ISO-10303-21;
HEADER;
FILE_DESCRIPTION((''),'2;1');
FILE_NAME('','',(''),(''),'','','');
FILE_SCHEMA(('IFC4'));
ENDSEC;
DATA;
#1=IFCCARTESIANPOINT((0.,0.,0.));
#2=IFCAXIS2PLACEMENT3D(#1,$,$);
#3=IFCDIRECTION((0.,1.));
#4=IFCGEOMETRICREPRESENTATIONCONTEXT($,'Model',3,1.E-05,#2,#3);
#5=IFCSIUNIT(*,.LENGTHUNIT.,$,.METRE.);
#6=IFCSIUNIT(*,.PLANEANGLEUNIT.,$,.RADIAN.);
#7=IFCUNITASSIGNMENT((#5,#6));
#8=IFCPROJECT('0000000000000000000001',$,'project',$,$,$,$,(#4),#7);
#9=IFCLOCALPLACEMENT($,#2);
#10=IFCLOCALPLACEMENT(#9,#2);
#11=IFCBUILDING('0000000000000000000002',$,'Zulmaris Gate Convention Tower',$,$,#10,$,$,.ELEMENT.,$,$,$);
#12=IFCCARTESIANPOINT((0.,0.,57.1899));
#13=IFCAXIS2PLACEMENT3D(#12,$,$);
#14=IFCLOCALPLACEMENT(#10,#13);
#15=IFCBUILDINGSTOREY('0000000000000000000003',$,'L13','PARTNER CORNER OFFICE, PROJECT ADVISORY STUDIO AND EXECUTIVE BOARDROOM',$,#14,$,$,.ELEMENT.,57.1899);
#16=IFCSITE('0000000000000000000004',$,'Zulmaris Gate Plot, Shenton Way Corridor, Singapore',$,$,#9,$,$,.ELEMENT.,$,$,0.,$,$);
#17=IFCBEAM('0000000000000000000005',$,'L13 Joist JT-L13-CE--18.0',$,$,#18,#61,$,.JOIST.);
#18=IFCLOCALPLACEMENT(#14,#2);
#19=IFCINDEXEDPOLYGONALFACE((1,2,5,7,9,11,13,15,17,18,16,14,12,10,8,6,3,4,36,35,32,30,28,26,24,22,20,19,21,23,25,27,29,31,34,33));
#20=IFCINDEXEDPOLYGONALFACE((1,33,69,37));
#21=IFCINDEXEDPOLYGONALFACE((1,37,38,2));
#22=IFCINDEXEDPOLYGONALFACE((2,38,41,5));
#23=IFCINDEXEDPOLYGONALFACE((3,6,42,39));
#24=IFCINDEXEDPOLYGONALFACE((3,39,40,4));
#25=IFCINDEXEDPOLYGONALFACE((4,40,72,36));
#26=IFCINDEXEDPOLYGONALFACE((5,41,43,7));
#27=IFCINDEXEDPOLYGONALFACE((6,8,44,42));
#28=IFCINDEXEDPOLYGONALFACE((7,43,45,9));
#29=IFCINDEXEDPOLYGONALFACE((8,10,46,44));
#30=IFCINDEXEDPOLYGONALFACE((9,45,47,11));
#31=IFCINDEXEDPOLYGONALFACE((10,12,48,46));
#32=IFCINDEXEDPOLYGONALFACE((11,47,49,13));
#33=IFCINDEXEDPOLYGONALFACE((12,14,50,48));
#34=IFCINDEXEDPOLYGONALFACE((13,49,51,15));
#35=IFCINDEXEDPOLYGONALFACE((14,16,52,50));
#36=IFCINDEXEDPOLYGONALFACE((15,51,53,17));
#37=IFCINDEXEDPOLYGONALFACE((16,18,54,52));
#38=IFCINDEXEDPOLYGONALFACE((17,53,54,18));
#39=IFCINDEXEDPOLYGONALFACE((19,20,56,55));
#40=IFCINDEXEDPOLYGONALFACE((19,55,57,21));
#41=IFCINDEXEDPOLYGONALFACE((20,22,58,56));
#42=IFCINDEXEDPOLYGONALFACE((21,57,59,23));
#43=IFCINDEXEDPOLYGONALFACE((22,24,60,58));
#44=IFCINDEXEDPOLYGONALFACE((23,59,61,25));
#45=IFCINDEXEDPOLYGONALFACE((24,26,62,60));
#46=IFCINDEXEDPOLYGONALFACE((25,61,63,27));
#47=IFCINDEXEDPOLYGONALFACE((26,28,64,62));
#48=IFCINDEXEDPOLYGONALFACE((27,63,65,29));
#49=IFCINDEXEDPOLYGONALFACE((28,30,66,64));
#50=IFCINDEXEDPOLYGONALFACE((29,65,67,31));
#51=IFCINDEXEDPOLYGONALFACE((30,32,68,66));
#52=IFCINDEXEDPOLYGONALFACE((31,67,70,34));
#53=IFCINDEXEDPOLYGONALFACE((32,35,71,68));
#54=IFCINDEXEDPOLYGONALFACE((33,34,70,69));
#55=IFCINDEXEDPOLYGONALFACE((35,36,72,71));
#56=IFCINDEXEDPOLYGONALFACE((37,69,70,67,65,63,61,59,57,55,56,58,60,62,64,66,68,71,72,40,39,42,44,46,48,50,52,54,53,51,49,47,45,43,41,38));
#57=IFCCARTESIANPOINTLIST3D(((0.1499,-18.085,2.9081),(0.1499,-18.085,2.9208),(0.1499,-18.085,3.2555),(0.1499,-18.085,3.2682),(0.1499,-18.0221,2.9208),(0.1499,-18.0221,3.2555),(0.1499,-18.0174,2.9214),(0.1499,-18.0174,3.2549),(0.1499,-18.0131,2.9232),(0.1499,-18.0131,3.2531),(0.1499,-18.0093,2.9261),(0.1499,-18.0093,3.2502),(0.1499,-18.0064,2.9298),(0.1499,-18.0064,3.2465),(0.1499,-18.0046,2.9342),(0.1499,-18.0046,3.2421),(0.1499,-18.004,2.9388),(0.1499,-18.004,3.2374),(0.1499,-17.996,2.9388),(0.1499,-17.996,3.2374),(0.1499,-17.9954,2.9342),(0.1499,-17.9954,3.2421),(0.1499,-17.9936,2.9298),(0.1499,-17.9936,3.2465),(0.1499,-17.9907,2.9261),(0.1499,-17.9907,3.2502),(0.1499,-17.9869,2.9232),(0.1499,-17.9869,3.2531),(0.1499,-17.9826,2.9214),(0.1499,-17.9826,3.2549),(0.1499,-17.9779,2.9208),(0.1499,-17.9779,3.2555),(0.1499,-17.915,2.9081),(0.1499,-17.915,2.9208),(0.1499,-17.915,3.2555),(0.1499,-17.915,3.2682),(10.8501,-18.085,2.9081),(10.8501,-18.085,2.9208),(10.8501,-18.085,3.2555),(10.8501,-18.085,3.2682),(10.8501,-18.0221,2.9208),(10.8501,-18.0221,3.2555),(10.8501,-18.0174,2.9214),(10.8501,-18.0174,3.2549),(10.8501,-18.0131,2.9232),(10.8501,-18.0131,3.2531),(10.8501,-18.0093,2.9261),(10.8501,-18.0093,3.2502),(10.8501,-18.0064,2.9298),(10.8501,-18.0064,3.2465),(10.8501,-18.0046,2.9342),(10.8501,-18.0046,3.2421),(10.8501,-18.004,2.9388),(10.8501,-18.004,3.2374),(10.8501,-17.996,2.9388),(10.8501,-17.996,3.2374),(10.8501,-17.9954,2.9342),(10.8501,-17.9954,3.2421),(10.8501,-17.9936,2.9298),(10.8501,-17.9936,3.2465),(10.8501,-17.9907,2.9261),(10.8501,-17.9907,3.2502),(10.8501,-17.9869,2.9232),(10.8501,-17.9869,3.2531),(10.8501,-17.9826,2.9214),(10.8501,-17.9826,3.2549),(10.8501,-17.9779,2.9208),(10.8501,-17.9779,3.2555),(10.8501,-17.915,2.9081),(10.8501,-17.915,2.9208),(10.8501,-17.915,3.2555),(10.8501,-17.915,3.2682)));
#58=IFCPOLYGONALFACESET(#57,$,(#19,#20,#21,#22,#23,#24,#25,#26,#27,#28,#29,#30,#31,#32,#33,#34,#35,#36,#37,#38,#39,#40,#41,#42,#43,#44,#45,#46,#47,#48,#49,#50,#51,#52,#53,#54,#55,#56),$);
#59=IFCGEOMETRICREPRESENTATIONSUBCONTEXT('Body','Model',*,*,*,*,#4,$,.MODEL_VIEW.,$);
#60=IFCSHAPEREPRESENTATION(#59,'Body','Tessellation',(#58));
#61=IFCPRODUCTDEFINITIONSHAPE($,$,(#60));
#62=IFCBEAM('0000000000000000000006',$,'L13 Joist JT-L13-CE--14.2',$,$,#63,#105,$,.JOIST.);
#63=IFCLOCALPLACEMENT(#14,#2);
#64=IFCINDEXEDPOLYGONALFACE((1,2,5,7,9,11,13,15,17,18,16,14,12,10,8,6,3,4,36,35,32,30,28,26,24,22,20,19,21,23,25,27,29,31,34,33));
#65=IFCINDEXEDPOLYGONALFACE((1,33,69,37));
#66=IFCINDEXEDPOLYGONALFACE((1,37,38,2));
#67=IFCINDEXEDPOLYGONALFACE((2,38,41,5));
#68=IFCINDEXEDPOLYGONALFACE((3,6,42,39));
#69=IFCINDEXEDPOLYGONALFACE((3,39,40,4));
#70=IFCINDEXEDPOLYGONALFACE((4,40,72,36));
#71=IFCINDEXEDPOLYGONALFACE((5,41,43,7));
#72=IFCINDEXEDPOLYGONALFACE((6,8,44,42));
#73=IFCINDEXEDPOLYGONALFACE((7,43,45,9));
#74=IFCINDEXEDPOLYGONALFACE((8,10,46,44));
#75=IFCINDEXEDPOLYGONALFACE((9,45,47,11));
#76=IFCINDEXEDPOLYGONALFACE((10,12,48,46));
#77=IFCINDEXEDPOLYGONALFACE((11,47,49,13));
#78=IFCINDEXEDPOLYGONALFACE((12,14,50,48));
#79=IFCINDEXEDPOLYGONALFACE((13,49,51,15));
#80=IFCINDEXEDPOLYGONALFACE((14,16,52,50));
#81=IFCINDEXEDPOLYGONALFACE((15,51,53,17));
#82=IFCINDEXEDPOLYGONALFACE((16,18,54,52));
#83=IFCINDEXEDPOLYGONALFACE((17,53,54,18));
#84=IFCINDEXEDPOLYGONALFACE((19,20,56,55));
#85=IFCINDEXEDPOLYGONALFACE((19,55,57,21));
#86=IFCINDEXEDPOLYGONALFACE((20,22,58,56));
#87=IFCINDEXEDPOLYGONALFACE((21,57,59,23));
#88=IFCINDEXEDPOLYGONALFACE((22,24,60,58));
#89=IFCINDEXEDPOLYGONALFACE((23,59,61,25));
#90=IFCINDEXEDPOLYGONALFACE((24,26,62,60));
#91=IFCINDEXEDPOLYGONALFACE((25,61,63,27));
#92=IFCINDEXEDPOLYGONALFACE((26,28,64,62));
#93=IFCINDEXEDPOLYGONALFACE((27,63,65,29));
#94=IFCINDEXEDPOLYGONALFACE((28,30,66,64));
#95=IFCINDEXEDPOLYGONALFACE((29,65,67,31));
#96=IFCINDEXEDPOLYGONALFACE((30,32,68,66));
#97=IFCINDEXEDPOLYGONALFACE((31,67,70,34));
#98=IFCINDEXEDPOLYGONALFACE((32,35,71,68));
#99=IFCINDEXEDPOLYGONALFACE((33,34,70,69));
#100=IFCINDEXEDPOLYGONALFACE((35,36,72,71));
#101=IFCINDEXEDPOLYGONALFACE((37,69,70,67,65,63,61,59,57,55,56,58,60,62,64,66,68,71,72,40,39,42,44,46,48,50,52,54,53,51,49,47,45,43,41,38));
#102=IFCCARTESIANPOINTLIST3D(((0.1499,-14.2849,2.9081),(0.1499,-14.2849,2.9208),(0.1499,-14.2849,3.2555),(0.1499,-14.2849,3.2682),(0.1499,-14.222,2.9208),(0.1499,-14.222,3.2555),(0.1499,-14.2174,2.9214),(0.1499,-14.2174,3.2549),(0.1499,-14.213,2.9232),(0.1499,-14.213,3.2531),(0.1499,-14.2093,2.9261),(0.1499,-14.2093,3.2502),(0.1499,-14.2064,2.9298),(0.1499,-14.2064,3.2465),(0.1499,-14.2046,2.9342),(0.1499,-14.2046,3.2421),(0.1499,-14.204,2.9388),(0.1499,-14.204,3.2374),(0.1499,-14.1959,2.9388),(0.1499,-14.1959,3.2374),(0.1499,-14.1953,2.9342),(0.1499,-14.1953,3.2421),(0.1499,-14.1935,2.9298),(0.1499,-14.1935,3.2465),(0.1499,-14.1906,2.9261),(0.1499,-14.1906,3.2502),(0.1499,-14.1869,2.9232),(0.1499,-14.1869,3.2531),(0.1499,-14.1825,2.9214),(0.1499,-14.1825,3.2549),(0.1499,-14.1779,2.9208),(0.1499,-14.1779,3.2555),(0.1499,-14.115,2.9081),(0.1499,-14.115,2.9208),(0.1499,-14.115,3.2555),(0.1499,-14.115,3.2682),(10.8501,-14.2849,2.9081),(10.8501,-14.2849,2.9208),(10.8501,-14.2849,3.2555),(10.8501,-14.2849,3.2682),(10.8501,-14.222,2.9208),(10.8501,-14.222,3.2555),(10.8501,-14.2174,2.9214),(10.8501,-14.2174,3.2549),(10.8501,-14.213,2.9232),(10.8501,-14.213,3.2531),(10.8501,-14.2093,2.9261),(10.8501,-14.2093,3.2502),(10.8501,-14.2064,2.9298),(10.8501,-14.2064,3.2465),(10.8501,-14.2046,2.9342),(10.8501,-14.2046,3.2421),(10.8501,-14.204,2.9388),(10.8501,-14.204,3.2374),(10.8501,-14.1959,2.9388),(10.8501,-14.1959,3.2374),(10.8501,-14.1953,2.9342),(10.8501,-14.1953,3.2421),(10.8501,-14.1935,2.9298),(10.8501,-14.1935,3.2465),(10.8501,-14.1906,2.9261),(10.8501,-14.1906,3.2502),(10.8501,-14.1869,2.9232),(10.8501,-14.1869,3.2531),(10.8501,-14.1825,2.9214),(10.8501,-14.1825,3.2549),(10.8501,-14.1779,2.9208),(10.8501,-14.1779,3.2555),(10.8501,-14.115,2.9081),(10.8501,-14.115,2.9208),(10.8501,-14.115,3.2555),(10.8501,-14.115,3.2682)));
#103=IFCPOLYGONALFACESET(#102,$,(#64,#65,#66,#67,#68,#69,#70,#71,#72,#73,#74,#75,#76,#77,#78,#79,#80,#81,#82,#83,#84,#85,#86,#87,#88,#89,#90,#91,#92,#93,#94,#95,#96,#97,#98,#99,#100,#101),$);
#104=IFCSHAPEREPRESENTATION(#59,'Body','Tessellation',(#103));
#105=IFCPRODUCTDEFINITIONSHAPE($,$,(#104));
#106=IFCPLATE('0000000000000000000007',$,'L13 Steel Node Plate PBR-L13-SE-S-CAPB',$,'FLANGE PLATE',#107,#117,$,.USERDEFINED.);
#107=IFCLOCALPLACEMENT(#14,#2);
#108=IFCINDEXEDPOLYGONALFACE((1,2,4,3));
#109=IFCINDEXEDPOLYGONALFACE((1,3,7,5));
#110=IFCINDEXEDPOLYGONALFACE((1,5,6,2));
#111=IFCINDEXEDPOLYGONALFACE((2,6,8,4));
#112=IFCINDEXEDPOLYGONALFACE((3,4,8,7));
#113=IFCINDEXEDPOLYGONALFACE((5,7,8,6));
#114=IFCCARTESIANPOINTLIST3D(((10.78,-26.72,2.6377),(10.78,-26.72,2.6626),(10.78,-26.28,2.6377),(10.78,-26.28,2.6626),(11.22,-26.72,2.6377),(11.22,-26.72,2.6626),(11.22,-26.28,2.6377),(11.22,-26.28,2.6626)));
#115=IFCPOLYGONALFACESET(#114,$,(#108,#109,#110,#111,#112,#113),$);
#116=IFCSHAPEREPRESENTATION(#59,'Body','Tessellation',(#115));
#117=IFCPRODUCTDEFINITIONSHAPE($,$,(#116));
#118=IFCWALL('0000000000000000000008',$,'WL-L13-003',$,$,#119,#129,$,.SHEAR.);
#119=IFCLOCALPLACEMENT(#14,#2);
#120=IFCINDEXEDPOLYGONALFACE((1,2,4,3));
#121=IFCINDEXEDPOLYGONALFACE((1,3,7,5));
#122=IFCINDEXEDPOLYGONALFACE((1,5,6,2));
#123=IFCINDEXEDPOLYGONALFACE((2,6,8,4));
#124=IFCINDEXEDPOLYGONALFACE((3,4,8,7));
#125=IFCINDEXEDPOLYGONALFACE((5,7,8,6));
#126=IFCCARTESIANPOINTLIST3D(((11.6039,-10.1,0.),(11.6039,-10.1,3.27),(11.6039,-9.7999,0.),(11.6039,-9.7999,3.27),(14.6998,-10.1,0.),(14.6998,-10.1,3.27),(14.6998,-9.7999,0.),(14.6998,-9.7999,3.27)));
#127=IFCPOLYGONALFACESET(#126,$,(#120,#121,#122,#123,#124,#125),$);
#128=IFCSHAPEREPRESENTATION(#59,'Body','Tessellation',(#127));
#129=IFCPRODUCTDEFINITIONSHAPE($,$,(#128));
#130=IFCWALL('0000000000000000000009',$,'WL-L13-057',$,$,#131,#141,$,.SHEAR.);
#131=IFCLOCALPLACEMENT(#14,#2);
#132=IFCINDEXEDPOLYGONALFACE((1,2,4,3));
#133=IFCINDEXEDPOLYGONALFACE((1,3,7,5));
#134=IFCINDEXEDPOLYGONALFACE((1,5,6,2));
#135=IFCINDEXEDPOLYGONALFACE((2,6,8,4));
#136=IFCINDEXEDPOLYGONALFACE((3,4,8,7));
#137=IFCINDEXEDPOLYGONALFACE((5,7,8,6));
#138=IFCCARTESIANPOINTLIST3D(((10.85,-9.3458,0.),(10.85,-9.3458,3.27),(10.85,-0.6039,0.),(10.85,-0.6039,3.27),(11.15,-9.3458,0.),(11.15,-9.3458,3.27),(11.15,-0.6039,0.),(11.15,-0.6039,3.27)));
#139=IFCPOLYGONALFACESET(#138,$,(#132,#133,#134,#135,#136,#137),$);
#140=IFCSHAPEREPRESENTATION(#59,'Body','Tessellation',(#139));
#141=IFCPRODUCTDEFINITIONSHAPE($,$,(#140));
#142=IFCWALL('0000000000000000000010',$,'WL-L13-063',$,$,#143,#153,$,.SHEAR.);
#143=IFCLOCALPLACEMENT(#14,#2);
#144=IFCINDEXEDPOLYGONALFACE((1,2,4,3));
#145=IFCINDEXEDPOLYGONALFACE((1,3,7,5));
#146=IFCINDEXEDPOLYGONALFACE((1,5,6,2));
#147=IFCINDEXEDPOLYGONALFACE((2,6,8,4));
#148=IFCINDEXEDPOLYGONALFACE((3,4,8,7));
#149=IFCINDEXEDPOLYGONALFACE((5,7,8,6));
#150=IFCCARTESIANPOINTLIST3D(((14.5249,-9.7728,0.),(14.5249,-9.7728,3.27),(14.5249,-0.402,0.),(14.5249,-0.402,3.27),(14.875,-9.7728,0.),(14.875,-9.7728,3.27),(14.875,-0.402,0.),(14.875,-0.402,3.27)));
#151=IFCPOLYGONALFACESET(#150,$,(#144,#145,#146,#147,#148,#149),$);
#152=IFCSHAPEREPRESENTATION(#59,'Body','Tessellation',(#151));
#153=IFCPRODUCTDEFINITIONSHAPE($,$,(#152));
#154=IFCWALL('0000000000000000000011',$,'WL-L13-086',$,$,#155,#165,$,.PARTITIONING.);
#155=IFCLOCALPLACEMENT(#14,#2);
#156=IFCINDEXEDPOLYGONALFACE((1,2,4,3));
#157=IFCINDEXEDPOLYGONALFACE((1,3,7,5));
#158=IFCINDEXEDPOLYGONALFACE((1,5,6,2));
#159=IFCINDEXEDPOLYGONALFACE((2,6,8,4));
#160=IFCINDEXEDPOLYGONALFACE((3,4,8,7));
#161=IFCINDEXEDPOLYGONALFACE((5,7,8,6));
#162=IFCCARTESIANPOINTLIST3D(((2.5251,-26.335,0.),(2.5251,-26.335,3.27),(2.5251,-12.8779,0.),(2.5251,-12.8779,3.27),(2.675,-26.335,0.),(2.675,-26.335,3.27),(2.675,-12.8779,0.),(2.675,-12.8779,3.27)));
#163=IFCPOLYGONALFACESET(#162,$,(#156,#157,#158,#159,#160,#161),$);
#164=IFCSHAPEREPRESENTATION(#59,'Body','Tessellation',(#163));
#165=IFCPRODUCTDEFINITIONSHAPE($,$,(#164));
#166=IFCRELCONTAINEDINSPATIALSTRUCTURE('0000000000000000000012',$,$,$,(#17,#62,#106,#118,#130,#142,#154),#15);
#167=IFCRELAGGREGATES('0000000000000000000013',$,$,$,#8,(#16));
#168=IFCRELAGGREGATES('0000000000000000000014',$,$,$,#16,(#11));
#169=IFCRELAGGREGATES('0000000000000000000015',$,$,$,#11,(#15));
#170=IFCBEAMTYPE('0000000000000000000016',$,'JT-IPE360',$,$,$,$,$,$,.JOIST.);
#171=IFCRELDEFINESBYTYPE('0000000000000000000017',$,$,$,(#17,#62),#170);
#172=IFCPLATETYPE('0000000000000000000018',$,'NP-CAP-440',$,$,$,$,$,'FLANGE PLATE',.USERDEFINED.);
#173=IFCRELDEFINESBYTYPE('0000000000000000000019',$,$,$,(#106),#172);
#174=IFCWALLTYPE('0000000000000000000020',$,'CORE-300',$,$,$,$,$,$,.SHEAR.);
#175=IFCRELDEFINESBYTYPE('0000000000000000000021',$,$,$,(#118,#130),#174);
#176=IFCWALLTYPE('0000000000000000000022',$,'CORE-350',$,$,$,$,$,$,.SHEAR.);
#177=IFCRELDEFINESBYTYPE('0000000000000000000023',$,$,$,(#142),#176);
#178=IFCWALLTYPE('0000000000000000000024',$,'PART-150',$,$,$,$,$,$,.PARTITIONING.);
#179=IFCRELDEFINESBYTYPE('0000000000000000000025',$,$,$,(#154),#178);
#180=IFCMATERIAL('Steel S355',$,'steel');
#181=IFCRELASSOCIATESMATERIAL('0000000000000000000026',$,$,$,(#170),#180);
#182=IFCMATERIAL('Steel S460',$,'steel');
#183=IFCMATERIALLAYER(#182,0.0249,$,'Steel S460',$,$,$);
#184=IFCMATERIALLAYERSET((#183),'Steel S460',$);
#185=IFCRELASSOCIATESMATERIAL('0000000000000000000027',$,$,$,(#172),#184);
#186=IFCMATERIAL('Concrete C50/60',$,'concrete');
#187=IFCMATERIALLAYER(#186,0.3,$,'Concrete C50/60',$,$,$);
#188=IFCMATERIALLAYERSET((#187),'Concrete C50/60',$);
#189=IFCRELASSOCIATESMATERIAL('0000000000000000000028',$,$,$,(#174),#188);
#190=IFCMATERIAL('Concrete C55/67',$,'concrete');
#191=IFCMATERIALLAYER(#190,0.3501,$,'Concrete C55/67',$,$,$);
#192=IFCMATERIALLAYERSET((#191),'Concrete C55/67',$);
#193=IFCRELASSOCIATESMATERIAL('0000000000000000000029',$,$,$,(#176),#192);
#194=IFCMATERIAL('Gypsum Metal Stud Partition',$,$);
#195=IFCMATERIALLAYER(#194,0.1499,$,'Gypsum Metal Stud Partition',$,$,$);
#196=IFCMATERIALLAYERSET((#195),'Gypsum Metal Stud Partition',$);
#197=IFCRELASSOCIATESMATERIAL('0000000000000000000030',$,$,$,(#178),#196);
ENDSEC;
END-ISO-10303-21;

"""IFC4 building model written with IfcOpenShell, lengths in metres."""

from ifc_helpers import new_model, si_unit, direction, frame, frame_2d, origin, origin_2d, place, context, subcontext, project, spatial, rectangle, i_section, extrude, material, layer, layer_set, material_profile, profile_set, type_object, element, save


model = new_model("IFC4")

# Units and contexts
model_context = context("Model", 3, precision=1e-05, world=origin(), true_north=direction((0.0, 1.0)))
body_context = subcontext(model_context, "Body", "Model", "MODEL_VIEW")
ifc_project = project(units=[si_unit("LENGTHUNIT", "METRE"), si_unit("PLANEANGLEUNIT", "RADIAN")], contexts=[model_context])

# Site, building, storey
site_placement = place(None, origin())
site = spatial("IfcSite", under=ifc_project, at=site_placement, Name="Zulmaris Gate Plot, Shenton Way Corridor, Singapore", CompositionType="ELEMENT", RefElevation=0.0)
building_placement = place(site_placement, origin())
building = spatial("IfcBuilding", under=site, at=building_placement, Name="Zulmaris Gate Convention Tower", CompositionType="ELEMENT")
storey_placement = place(building_placement, frame((0.0, 0.0, 57.1899)))
storey = spatial("IfcBuildingStorey", under=building, at=storey_placement, Name="L13", Description="PARTNER CORNER OFFICE, PROJECT ADVISORY STUDIO AND EXECUTIVE BOARDROOM", CompositionType="ELEMENT", Elevation=57.1899)

# Beams
ifc_material_1 = material(Name="Steel S355", Category="steel")
ifc_material_profile_1 = material_profile(ifc_material_1, i_section(OverallWidth=0.1699, OverallDepth=0.3601, WebThickness=0.0081, FlangeThickness=0.0127, FilletRadius=0.0181, at=origin_2d()), Name="IPE 360")
ifc_profile_set_1 = profile_set([ifc_material_profile_1], Name="Steel S355")
beam_type_1 = type_object("IfcBeamType", Name="JT-IPE360", PredefinedType="JOIST", material=ifc_profile_set_1)
for number, where, z_axis, x_axis, name in (
    (1, (0.1499, -18.0, 3.0881), (1.0, 0.0, 0.0), (0.0, 1.0, 0.0), "L13 Joist JT-L13-CE--18.0"),
    (2, (0.1499, -14.2, 3.0881), (1.0, 0.0, 0.0), (0.0, 1.0, 0.0), "L13 Joist JT-L13-CE--14.2"),
):
    element("IfcBeam", number, at=place(storey_placement, frame(where, z_axis=z_axis, x_axis=x_axis)), inside=storey, type_object=beam_type_1, Name=name, PredefinedType="JOIST", context=body_context, shape_type="SweptSolid", body=[
        extrude(i_section(OverallWidth=0.1699, OverallDepth=0.3601, WebThickness=0.0081, FlangeThickness=0.0127, FilletRadius=0.0181, at=origin_2d()), origin(), (0.0, 0.0, 1.0), 10.7002),
    ])

# Plate
ifc_material_2 = material(Name="Steel S460", Category="steel")
ifc_layer_1 = layer(ifc_material_2, 0.0249, Name="Steel S460")
ifc_layer_set_1 = layer_set([ifc_layer_1], Name="Steel S460")
plate_type = type_object("IfcPlateType", Name="NP-CAP-440", ElementType="FLANGE PLATE", PredefinedType="USERDEFINED", material=ifc_layer_set_1)
plate_placement = place(storey_placement, frame((11.0, -26.5, 2.6377), z_axis=(0.0, 0.0, 1.0), x_axis=(1.0, 0.0, 0.0)))
element("IfcPlate", 3, at=plate_placement, inside=storey, type_object=plate_type, Name="L13 Steel Node Plate PBR-L13-SE-S-CAPB", ObjectType="FLANGE PLATE", PredefinedType="USERDEFINED", context=body_context, shape_type="SweptSolid", body=[
    extrude(rectangle(XDim=0.4399, YDim=0.4399, at=origin_2d()), origin(), (0.0, 0.0, 1.0), 0.0249),
])

# Walls
ifc_material_3 = material(Name="Concrete C50/60", Category="concrete")
ifc_layer_2 = layer(ifc_material_3, 0.3, Name="Concrete C50/60")
ifc_layer_set_2 = layer_set([ifc_layer_2], Name="Concrete C50/60")
wall_type_1 = type_object("IfcWallType", Name="CORE-300", PredefinedType="SHEAR", material=ifc_layer_set_2)
wall_1_placement = place(storey_placement, frame((11.604, -9.95, 0.0), z_axis=(0.0, 0.0, 1.0), x_axis=(1.0, 0.0, 0.0)))
element("IfcWall", 4, at=wall_1_placement, inside=storey, type_object=wall_type_1, Name="WL-L13-003", PredefinedType="SHEAR", context=body_context, shape_type="SweptSolid", body=[
    extrude(rectangle(XDim=3.0959, YDim=0.3, at=frame_2d((1.5479, 0.0))), origin(), (0.0, 0.0, 1.0), 3.27),
])
wall_2_placement = place(storey_placement, frame((11.0, -9.3459, 0.0), z_axis=(0.0, 0.0, 1.0), x_axis=(0.0, 1.0, 0.0)))
element("IfcWall", 5, at=wall_2_placement, inside=storey, type_object=wall_type_1, Name="WL-L13-057", PredefinedType="SHEAR", context=body_context, shape_type="SweptSolid", body=[
    extrude(rectangle(XDim=8.7419, YDim=0.3, at=frame_2d((4.3711, 0.0))), origin(), (0.0, 0.0, 1.0), 3.27),
])

# Shared definitions
ifc_material_4 = material(Name="Concrete C55/67", Category="concrete")
ifc_layer_3 = layer(ifc_material_4, 0.3501, Name="Concrete C55/67")
ifc_layer_set_3 = layer_set([ifc_layer_3], Name="Concrete C55/67")
wall_type_2 = type_object("IfcWallType", Name="CORE-350", PredefinedType="SHEAR", material=ifc_layer_set_3)

# Walls
wall_3_placement = place(storey_placement, frame((14.7, -9.7729, 0.0), z_axis=(0.0, 0.0, 1.0), x_axis=(0.0, 1.0, 0.0)))
element("IfcWall", 6, at=wall_3_placement, inside=storey, type_object=wall_type_2, Name="WL-L13-063", PredefinedType="SHEAR", context=body_context, shape_type="SweptSolid", body=[
    extrude(rectangle(XDim=9.3708, YDim=0.3501, at=frame_2d((4.6855, 0.0))), origin(), (0.0, 0.0, 1.0), 3.27),
])
ifc_material_5 = material(Name="Gypsum Metal Stud Partition")
ifc_layer_4 = layer(ifc_material_5, 0.1499, Name="Gypsum Metal Stud Partition")
ifc_layer_set_4 = layer_set([ifc_layer_4], Name="Gypsum Metal Stud Partition")
wall_type_3 = type_object("IfcWallType", Name="PART-150", PredefinedType="PARTITIONING", material=ifc_layer_set_4)
wall_4_placement = place(storey_placement, frame((2.6001, -26.335, 0.0), z_axis=(0.0, 0.0, 1.0), x_axis=(0.0, 1.0, 0.0)))
element("IfcWall", 7, at=wall_4_placement, inside=storey, type_object=wall_type_3, Name="WL-L13-086", PredefinedType="PARTITIONING", context=body_context, shape_type="SweptSolid", body=[
    extrude(rectangle(XDim=13.457, YDim=0.1499, at=frame_2d((6.7285, 0.0))), origin(), (0.0, 0.0, 1.0), 3.27),
])

save(model, "model.ifc")
